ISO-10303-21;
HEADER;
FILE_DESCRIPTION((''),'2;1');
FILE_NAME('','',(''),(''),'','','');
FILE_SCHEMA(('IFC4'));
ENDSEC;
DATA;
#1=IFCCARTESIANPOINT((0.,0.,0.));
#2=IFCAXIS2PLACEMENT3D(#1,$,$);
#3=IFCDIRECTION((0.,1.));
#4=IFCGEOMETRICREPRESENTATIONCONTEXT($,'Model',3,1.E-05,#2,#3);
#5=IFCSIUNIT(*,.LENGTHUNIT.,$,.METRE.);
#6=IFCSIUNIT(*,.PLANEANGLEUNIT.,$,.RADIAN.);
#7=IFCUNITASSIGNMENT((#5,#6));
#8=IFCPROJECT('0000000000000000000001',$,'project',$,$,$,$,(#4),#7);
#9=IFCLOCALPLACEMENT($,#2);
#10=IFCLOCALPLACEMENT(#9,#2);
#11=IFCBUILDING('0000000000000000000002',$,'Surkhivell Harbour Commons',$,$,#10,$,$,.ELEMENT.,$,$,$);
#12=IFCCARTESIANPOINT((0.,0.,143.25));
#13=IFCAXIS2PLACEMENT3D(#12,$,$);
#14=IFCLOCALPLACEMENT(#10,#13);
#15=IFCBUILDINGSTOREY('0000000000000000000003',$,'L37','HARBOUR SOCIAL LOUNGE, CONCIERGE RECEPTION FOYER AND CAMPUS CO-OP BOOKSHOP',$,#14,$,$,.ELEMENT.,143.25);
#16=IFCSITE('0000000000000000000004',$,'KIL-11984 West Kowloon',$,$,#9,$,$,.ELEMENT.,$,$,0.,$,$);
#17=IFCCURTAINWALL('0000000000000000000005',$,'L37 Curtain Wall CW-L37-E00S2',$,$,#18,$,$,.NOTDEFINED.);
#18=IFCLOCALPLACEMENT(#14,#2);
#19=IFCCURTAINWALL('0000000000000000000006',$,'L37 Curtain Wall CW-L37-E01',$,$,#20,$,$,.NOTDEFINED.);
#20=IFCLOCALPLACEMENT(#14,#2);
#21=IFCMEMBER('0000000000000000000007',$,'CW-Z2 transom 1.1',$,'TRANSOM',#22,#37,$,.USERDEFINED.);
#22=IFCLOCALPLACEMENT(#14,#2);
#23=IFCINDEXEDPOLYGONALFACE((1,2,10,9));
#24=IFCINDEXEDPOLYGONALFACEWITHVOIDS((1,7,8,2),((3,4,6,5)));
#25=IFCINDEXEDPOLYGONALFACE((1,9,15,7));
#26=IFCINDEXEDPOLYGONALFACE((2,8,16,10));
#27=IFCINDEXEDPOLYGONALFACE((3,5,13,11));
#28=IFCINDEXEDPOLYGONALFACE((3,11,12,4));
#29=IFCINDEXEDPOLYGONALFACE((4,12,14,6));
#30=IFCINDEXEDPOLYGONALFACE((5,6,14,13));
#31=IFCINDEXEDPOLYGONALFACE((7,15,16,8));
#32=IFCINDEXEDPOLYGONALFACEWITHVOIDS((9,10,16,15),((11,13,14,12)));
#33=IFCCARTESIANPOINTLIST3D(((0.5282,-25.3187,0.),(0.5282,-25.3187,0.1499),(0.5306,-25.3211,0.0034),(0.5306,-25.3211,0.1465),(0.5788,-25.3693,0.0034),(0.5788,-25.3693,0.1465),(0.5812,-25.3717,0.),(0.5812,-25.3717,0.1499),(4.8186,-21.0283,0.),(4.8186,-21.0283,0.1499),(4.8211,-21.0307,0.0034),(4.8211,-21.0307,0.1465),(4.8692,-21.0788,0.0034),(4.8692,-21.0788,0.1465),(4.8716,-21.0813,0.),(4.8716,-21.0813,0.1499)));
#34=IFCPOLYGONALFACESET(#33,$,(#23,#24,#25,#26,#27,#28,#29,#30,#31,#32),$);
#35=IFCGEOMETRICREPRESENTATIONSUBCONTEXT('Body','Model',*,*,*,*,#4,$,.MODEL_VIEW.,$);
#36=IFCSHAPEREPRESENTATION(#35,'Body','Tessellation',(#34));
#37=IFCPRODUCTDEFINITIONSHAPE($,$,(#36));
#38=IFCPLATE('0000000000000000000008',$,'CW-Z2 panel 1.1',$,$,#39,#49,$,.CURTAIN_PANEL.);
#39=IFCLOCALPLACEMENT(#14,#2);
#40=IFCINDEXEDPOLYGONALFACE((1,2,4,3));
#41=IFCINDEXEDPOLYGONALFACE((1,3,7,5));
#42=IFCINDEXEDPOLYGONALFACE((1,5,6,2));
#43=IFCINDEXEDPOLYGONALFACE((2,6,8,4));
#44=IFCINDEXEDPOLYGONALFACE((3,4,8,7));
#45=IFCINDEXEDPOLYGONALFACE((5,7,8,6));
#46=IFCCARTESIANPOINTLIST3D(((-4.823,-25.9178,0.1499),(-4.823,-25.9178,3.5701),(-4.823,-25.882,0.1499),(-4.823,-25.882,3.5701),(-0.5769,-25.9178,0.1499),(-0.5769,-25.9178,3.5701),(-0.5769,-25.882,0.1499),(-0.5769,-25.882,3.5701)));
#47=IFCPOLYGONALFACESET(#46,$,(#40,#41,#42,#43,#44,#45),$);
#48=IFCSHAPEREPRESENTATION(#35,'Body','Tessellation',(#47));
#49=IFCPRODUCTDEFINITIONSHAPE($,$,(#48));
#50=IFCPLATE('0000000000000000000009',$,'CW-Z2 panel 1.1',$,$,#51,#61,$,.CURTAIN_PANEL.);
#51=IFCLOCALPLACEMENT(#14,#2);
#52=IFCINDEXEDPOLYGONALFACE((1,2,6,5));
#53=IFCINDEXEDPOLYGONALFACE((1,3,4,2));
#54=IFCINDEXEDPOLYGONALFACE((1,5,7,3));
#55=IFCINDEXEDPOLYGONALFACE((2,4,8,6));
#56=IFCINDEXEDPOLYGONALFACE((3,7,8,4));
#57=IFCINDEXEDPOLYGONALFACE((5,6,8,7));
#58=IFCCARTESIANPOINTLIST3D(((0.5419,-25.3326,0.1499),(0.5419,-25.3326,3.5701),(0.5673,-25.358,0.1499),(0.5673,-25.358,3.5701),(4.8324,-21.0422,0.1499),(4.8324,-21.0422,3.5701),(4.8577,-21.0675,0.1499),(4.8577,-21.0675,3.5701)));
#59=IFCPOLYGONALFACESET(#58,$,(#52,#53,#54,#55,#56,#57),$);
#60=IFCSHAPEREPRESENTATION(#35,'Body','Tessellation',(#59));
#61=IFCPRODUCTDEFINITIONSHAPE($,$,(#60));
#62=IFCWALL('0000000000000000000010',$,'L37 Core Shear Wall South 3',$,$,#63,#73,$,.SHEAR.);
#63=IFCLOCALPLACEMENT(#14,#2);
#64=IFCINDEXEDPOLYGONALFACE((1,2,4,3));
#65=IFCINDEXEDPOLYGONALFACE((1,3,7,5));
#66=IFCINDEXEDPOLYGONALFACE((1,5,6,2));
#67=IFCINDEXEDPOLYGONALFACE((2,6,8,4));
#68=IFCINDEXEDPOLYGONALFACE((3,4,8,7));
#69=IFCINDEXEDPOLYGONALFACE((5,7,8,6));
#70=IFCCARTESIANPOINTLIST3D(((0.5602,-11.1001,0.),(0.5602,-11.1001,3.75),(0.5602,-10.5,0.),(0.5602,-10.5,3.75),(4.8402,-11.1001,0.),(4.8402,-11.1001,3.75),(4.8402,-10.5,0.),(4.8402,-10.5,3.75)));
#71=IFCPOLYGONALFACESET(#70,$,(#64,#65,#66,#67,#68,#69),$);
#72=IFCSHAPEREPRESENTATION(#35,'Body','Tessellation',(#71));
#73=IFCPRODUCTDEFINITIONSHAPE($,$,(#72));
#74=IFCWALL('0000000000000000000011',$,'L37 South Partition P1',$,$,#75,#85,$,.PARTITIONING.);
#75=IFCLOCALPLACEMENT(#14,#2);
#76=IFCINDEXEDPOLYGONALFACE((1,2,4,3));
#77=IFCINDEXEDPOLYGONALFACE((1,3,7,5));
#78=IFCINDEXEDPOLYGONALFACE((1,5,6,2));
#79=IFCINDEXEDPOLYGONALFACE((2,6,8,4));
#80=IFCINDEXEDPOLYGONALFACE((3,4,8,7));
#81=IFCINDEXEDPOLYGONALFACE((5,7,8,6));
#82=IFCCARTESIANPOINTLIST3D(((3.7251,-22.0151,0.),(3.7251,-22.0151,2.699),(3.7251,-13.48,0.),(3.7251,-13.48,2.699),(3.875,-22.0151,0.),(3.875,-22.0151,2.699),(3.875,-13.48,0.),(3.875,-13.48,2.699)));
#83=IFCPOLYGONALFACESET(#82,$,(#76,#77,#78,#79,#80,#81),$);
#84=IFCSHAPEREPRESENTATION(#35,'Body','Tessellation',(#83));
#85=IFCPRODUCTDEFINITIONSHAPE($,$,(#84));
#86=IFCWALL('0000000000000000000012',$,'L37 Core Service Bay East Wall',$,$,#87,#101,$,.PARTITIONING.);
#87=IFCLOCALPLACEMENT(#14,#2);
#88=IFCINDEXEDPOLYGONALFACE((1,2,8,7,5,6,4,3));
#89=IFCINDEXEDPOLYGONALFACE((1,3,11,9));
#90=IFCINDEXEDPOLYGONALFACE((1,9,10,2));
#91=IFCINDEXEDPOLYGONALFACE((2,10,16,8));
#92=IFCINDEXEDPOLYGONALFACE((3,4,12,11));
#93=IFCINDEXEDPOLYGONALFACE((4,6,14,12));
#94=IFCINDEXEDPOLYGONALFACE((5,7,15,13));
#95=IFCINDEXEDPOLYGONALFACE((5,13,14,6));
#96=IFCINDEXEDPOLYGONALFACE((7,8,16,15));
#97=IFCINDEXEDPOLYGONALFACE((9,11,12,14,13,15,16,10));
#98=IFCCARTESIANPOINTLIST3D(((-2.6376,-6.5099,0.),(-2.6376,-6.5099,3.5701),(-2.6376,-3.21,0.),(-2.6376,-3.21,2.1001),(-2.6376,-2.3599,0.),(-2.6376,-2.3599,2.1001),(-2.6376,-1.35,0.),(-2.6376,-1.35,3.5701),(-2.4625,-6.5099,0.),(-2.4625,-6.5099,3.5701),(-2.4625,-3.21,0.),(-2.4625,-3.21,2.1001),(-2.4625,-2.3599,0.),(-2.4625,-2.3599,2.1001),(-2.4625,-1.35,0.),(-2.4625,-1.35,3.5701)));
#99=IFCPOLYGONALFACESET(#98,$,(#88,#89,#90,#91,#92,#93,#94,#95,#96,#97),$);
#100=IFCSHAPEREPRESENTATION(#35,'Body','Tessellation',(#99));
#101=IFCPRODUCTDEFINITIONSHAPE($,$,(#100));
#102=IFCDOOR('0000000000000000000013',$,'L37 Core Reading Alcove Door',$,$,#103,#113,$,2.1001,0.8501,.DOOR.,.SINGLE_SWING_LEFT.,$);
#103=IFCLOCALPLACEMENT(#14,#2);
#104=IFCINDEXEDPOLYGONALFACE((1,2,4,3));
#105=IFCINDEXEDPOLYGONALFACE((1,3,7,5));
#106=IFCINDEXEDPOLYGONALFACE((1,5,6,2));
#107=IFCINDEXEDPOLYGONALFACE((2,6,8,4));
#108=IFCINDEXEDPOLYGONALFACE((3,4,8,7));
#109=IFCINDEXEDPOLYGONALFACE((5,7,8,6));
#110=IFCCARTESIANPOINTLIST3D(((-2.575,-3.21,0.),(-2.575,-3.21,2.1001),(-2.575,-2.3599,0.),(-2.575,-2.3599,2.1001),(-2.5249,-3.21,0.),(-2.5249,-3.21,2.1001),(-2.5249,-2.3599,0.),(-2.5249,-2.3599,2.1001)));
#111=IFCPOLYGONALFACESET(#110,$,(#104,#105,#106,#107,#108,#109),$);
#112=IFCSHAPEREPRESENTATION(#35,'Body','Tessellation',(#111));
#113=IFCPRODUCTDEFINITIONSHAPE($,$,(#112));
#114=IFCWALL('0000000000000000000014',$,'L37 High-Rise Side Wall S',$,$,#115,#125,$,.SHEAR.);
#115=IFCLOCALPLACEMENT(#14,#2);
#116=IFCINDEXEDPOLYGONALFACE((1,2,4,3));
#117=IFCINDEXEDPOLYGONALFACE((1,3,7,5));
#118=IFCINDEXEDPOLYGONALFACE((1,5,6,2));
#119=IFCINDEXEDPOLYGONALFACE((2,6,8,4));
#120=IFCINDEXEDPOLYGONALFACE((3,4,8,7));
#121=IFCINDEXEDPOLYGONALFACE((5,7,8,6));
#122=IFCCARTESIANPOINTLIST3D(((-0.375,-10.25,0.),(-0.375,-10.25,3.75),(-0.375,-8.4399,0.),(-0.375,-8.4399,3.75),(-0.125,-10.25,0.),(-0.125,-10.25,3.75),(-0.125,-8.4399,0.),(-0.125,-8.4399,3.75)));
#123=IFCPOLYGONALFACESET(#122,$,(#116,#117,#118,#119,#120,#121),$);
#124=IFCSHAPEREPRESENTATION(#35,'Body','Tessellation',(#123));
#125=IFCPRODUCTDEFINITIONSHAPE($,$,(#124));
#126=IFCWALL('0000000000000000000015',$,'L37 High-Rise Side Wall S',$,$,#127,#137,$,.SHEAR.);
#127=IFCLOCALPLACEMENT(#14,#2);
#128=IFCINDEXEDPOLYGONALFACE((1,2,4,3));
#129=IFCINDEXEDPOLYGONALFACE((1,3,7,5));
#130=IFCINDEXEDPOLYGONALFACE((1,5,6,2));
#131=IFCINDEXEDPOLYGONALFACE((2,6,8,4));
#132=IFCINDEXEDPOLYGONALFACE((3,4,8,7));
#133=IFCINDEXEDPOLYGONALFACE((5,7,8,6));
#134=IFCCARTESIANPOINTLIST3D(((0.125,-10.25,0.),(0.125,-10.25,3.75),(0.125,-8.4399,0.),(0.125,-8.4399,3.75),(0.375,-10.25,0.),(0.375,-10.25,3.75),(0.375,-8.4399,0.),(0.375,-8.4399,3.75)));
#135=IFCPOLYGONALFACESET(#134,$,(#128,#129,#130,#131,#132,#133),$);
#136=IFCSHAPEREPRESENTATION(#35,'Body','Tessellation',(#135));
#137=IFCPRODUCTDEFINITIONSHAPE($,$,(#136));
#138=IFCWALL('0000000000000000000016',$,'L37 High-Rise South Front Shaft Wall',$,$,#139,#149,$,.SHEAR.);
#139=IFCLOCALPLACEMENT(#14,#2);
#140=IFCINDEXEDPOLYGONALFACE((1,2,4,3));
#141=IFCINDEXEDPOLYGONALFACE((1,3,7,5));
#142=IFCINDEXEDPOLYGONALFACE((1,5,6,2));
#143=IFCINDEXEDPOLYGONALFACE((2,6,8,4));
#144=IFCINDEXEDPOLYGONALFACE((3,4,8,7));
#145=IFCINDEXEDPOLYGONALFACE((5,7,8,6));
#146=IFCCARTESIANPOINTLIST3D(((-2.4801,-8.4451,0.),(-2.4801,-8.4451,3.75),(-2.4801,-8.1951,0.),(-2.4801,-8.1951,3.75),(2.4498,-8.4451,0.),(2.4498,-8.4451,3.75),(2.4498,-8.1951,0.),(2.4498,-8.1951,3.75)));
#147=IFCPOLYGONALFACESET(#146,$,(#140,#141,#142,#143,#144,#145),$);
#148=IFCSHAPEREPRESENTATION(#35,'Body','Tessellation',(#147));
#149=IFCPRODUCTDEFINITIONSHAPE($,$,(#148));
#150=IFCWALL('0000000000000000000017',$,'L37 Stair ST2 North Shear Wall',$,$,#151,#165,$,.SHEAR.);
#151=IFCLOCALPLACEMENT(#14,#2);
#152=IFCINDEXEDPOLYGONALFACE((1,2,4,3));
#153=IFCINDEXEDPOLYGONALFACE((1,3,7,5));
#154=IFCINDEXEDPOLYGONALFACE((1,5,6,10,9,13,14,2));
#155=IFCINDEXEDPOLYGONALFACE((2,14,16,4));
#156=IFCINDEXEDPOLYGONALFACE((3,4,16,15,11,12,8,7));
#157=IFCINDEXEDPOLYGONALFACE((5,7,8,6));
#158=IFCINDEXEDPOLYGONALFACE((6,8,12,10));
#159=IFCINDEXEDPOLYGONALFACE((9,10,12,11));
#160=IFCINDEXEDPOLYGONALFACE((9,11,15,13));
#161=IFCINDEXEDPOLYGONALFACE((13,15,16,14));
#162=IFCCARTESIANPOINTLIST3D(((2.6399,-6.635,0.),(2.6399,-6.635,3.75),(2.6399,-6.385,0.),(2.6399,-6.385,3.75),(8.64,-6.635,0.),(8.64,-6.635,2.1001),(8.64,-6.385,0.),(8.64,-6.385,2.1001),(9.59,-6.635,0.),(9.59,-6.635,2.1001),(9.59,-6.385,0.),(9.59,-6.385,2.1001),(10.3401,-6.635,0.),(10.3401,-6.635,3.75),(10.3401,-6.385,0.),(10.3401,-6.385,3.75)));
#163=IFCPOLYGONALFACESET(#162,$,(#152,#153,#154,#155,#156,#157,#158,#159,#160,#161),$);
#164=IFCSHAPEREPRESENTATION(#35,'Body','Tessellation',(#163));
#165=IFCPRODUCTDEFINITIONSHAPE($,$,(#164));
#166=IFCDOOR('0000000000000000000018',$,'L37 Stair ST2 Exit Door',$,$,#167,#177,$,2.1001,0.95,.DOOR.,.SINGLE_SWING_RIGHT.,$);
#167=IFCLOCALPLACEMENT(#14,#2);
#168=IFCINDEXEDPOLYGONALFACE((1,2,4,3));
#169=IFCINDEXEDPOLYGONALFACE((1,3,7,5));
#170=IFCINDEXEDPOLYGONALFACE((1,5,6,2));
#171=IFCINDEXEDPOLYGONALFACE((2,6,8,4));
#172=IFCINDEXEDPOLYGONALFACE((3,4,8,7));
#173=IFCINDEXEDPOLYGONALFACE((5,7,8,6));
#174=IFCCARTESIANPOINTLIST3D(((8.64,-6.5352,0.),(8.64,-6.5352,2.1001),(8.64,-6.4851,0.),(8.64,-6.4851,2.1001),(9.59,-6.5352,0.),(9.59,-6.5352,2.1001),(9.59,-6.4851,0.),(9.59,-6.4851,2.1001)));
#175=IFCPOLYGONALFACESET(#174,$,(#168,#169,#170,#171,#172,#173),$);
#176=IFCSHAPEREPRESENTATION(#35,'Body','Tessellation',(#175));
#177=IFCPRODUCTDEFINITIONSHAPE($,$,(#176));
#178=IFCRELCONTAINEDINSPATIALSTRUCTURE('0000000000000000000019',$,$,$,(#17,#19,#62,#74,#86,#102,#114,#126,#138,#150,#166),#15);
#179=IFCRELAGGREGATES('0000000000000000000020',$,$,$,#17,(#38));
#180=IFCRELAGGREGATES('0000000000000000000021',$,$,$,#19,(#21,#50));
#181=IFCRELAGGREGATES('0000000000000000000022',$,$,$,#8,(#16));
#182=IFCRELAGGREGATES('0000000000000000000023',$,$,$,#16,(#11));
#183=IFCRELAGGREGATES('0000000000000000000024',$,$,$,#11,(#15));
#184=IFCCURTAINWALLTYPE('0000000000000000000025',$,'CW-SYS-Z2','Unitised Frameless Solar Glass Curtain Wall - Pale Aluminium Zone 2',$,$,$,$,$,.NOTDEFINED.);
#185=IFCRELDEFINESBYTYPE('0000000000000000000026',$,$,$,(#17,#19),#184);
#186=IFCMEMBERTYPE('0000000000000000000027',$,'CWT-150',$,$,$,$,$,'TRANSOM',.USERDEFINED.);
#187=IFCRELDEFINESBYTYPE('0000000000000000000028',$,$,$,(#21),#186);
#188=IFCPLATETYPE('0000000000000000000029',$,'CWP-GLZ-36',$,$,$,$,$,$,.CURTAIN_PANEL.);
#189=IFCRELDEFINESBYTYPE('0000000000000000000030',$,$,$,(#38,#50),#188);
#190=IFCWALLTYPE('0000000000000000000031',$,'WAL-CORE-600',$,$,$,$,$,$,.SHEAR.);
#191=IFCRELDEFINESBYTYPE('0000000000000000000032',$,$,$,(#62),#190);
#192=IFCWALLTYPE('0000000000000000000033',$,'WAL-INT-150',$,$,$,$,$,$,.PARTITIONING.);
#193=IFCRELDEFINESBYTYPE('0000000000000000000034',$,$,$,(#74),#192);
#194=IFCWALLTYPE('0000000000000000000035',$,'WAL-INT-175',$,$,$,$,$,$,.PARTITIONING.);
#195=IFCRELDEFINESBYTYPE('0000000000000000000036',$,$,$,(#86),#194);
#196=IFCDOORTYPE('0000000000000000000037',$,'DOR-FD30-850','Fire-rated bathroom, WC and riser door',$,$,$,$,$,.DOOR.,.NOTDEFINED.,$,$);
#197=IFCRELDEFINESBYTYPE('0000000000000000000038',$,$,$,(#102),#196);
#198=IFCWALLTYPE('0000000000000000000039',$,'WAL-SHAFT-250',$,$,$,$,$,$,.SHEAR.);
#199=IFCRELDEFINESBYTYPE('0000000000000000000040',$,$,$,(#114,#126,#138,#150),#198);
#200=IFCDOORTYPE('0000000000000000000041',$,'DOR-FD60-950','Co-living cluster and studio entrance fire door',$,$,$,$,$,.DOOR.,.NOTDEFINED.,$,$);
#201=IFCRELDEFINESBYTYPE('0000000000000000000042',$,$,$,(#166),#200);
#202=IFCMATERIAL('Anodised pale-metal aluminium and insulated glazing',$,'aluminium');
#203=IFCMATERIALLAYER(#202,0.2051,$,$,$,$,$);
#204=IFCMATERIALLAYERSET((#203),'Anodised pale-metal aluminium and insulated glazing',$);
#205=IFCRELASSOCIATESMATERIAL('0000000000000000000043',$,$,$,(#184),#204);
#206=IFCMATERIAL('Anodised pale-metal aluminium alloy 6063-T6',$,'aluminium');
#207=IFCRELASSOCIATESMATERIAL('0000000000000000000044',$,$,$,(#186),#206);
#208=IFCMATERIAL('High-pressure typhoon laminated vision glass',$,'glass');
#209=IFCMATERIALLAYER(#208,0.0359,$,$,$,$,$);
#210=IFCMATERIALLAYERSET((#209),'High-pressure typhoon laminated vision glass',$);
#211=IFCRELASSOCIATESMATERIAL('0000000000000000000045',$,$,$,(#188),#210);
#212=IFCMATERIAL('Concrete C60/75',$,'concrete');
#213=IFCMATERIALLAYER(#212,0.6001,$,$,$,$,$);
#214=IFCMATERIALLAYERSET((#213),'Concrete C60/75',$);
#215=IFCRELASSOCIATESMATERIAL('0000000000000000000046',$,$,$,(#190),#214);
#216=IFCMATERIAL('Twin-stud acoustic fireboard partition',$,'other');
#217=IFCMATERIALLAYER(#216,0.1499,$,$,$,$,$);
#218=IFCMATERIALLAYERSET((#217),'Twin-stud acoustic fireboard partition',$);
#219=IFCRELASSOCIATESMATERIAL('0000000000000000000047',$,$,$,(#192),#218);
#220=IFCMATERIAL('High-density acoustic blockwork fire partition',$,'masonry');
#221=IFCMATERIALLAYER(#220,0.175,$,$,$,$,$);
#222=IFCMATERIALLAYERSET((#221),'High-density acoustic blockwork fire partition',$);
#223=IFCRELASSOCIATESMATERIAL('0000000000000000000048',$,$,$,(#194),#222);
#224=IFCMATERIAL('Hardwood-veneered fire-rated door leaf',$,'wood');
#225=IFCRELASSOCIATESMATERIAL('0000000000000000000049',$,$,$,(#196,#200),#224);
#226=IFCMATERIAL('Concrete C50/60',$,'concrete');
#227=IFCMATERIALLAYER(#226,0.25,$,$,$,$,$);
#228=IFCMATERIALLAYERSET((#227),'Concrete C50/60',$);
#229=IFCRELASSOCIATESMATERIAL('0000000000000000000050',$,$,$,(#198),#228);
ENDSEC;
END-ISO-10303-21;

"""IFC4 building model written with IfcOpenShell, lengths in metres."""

from ifc_helpers import new_model, si_unit, direction, frame, frame_2d, origin, origin_2d, place, context, subcontext, project, spatial, rectangle, hollow_rectangle, extrude, material, layer, layer_set, material_profile, profile_set, type_object, element, fill, aggregate, save


model = new_model("IFC4")

# Units and contexts
model_context = context("Model", 3, precision=1e-05, world=origin(), true_north=direction((0.0, 1.0)))
body_context = subcontext(model_context, "Body", "Model", "MODEL_VIEW")
ifc_project = project(units=[si_unit("LENGTHUNIT", "METRE"), si_unit("PLANEANGLEUNIT", "RADIAN")], contexts=[model_context])

# Site, building, storey
site_placement = place(None, origin())
site = spatial("IfcSite", under=ifc_project, at=site_placement, Name="KIL-11984 West Kowloon", CompositionType="ELEMENT", RefElevation=0.0)
building_placement = place(site_placement, origin())
building = spatial("IfcBuilding", under=site, at=building_placement, Name="Surkhivell Harbour Commons", CompositionType="ELEMENT")
storey_placement = place(building_placement, frame((0.0, 0.0, 143.25)))
storey = spatial("IfcBuildingStorey", under=building, at=storey_placement, Name="L37", Description="HARBOUR SOCIAL LOUNGE, CONCIERGE RECEPTION FOYER AND CAMPUS CO-OP BOOKSHOP", CompositionType="ELEMENT", Elevation=143.25)

# Shared definitions
ifc_material_1 = material(Name="Concrete C60/75", Category="concrete")

# Curtain walls
ifc_material_2 = material(Name="Anodised pale-metal aluminium and insulated glazing", Category="aluminium")
ifc_layer_1 = layer(ifc_material_2, 0.2051)
ifc_layer_set_1 = layer_set([ifc_layer_1], Name="Anodised pale-metal aluminium and insulated glazing")
curtain_wall_type = type_object("IfcCurtainWallType", Name="CW-SYS-Z2", Description="Unitised Frameless Solar Glass Curtain Wall - Pale Aluminium Zone 2", PredefinedType="NOTDEFINED", material=ifc_layer_set_1)
curtain_wall_1_placement = place(storey_placement, origin())
curtain_wall_1 = element("IfcCurtainWall", 1, at=curtain_wall_1_placement, inside=storey, type_object=curtain_wall_type, Name="L37 Curtain Wall CW-L37-E00S2", PredefinedType="NOTDEFINED")
ifc_material_3 = material(Name="Anodised pale-metal aluminium alloy 6063-T6", Category="aluminium")
curtain_wall_2_placement = place(storey_placement, origin())
curtain_wall_2 = element("IfcCurtainWall", 2, at=curtain_wall_2_placement, inside=storey, type_object=curtain_wall_type, Name="L37 Curtain Wall CW-L37-E01", PredefinedType="NOTDEFINED")

# Member
ifc_material_profile_1 = material_profile(ifc_material_3, hollow_rectangle(XDim=0.075, YDim=0.1499, WallThickness=0.0034, at=origin_2d()), Name="ALU-TRAN-75x150")
ifc_profile_set_1 = profile_set([ifc_material_profile_1], Name="Anodised pale-metal aluminium alloy 6063-T6")
member_type_1 = type_object("IfcMemberType", Name="CWT-150", ElementType="TRANSOM", PredefinedType="USERDEFINED", material=ifc_profile_set_1)
member_1_placement = place(storey_placement, frame((0.5547, -25.3452, 0.075), z_axis=(0.707107, 0.707107, 0.0), x_axis=(-0.707107, 0.707107, 0.0)))
member_1 = element("IfcMember", 3, at=member_1_placement, type_object=member_type_1, Name="CW-Z2 transom 1.1", ObjectType="TRANSOM", PredefinedType="USERDEFINED", context=body_context, shape_type="SweptSolid", body=[
    extrude(hollow_rectangle(XDim=0.075, YDim=0.1499, WallThickness=0.0034, at=origin_2d()), origin(), (0.0, 0.0, 1.0), 6.0676),
])

# Plates
ifc_material_4 = material(Name="High-pressure typhoon laminated vision glass", Category="glass")
ifc_layer_2 = layer(ifc_material_4, 0.0359)
ifc_layer_set_2 = layer_set([ifc_layer_2], Name="High-pressure typhoon laminated vision glass")
plate_type = type_object("IfcPlateType", Name="CWP-GLZ-36", PredefinedType="CURTAIN_PANEL", material=ifc_layer_set_2)
plate_1_placement = place(storey_placement, frame((-4.823, -25.8999, 0.1499), z_axis=(0.0, 0.0, 1.0), x_axis=(1.0, 0.0, 0.0)))
plate_1 = element("IfcPlate", 4, at=plate_1_placement, type_object=plate_type, Name="CW-Z2 panel 1.1", PredefinedType="CURTAIN_PANEL", context=body_context, shape_type="SweptSolid", body=[
    extrude(rectangle(XDim=4.2461, YDim=0.0359, at=frame_2d((2.123, 0.0))), origin(), (0.0, 0.0, 1.0), 3.4202),
])
aggregate(curtain_wall_1, [plate_1])
plate_2_placement = place(storey_placement, frame((0.5547, -25.3452, 0.1499), z_axis=(0.0, 0.0, 1.0), x_axis=(0.707107, 0.707107, 0.0)))
plate_2 = element("IfcPlate", 5, at=plate_2_placement, type_object=plate_type, Name="CW-Z2 panel 1.1", PredefinedType="CURTAIN_PANEL", context=body_context, shape_type="SweptSolid", body=[
    extrude(rectangle(XDim=6.0676, YDim=0.0359, at=frame_2d((3.0337, 0.0))), origin(), (0.0, 0.0, 1.0), 3.4202),
])
aggregate(curtain_wall_2, [member_1, plate_2])

# Walls
ifc_layer_3 = layer(ifc_material_1, 0.6001)
ifc_layer_set_3 = layer_set([ifc_layer_3], Name="Concrete C60/75")
wall_type_1 = type_object("IfcWallType", Name="WAL-CORE-600", PredefinedType="SHEAR", material=ifc_layer_set_3)
wall_1_placement = place(storey_placement, frame((0.5601, -10.8, 0.0), z_axis=(0.0, 0.0, 1.0), x_axis=(1.0, 0.0, 0.0)))
element("IfcWall", 6, at=wall_1_placement, inside=storey, type_object=wall_type_1, Name="L37 Core Shear Wall South 3", PredefinedType="SHEAR", context=body_context, shape_type="SweptSolid", body=[
    extrude(rectangle(XDim=4.28, YDim=0.6001, at=frame_2d((2.1401, 0.0))), origin(), (0.0, 0.0, 1.0), 3.75),
])
ifc_material_5 = material(Name="Twin-stud acoustic fireboard partition", Category="other")
ifc_layer_4 = layer(ifc_material_5, 0.1499)
ifc_layer_set_4 = layer_set([ifc_layer_4], Name="Twin-stud acoustic fireboard partition")
wall_type_2 = type_object("IfcWallType", Name="WAL-INT-150", PredefinedType="PARTITIONING", material=ifc_layer_set_4)
wall_2_placement = place(storey_placement, frame((3.8, -22.0151, 0.0), z_axis=(0.0, 0.0, 1.0), x_axis=(0.0, 1.0, 0.0)))
element("IfcWall", 7, at=wall_2_placement, inside=storey, type_object=wall_type_2, Name="L37 South Partition P1", PredefinedType="PARTITIONING", context=body_context, shape_type="SweptSolid", body=[
    extrude(rectangle(XDim=8.5352, YDim=0.1499, at=frame_2d((4.2676, 0.0))), origin(), (0.0, 0.0, 1.0), 2.699),
])

# Wall, opening, door
ifc_material_6 = material(Name="High-density acoustic blockwork fire partition", Category="masonry")
ifc_layer_5 = layer(ifc_material_6, 0.175)
ifc_layer_set_5 = layer_set([ifc_layer_5], Name="High-density acoustic blockwork fire partition")
wall_type_3 = type_object("IfcWallType", Name="WAL-INT-175", PredefinedType="PARTITIONING", material=ifc_layer_set_5)
wall_3_placement = place(storey_placement, frame((-2.55, -6.51, 0.0), z_axis=(0.0, 0.0, 1.0), x_axis=(0.0, 1.0, 0.0)))
wall_3 = element("IfcWall", 8, at=wall_3_placement, inside=storey, type_object=wall_type_3, Name="L37 Core Service Bay East Wall", PredefinedType="PARTITIONING", context=body_context, shape_type="SweptSolid", body=[
    extrude(rectangle(XDim=5.1599, YDim=0.175, at=frame_2d((2.5801, 0.0))), origin(), (0.0, 0.0, 1.0), 3.5701),
])
opening_1_placement = place(wall_3_placement, frame((3.3, 0.0, 0.0)))
opening_1 = element("IfcOpeningElement", 9, at=opening_1_placement, cuts=wall_3, PredefinedType="OPENING", context=body_context, shape_type="SweptSolid", body=[
    extrude(rectangle(XDim=0.8501, YDim=2.1001, at=frame_2d((0.425, 1.05))), frame((0.0, 0.0974, 0.0), z_axis=(0.0, -1.0, 0.0), x_axis=(1.0, 0.0, 0.0)), (0.0, 0.0, 1.0), 0.1951),
])
ifc_material_7 = material(Name="Hardwood-veneered fire-rated door leaf", Category="wood")
door_type_1 = type_object("IfcDoorType", Name="DOR-FD30-850", Description="Fire-rated bathroom, WC and riser door", OperationType="NOTDEFINED", PredefinedType="DOOR", material=ifc_material_7)
door_1_placement = place(opening_1_placement, origin())
door_1 = element("IfcDoor", 10, at=door_1_placement, inside=storey, type_object=door_type_1, Name="L37 Core Reading Alcove Door", OperationType="SINGLE_SWING_LEFT", OverallHeight=2.1001, OverallWidth=0.8501, PredefinedType="DOOR", context=body_context, shape_type="SweptSolid", body=[
    extrude(rectangle(XDim=0.8501, YDim=2.1001, at=frame_2d((0.425, 1.05))), frame((0.0, 0.0249, 0.0), z_axis=(0.0, -1.0, 0.0), x_axis=(1.0, 0.0, 0.0)), (0.0, 0.0, 1.0), 0.05),
])
fill(opening_1, door_1)

# Walls
ifc_material_8 = material(Name="Concrete C50/60", Category="concrete")
ifc_layer_6 = layer(ifc_material_8, 0.25)
ifc_layer_set_6 = layer_set([ifc_layer_6], Name="Concrete C50/60")
wall_type_4 = type_object("IfcWallType", Name="WAL-SHAFT-250", PredefinedType="SHEAR", material=ifc_layer_set_6)
for number, where, z_axis, x_axis, name in (
    (11, (-0.25, -10.25, 0.0), (0.0, 0.0, 1.0), (0.0, 1.0, 0.0), "L37 High-Rise Side Wall S"),
    (12, (0.25, -10.25, 0.0), (0.0, 0.0, 1.0), (0.0, 1.0, 0.0), "L37 High-Rise Side Wall S"),
):
    element("IfcWall", number, at=place(storey_placement, frame(where, z_axis=z_axis, x_axis=x_axis)), inside=storey, type_object=wall_type_4, Name=name, PredefinedType="SHEAR", context=body_context, shape_type="SweptSolid", body=[
        extrude(rectangle(XDim=1.8101, YDim=0.25, at=frame_2d((0.905, 0.0))), origin(), (0.0, 0.0, 1.0), 3.75),
    ])
wall_4_placement = place(storey_placement, frame((-2.48, -8.3201, 0.0), z_axis=(0.0, 0.0, 1.0), x_axis=(1.0, 0.0, 0.0)))
element("IfcWall", 13, at=wall_4_placement, inside=storey, type_object=wall_type_4, Name="L37 High-Rise South Front Shaft Wall", PredefinedType="SHEAR", context=body_context, shape_type="SweptSolid", body=[
    extrude(rectangle(XDim=4.9299, YDim=0.25, at=frame_2d((2.4648, 0.0))), origin(), (0.0, 0.0, 1.0), 3.75),
])

# Wall, opening, door
wall_5_placement = place(storey_placement, frame((2.6399, -6.51, 0.0), z_axis=(0.0, 0.0, 1.0), x_axis=(1.0, 0.0, 0.0)))
wall_5 = element("IfcWall", 14, at=wall_5_placement, inside=storey, type_object=wall_type_4, Name="L37 Stair ST2 North Shear Wall", PredefinedType="SHEAR", context=body_context, shape_type="SweptSolid", body=[
    extrude(rectangle(XDim=7.7002, YDim=0.25, at=frame_2d((3.8501, 0.0))), origin(), (0.0, 0.0, 1.0), 3.75),
])
opening_2_placement = place(wall_5_placement, frame((6.0, 0.0, 0.0)))
opening_2 = element("IfcOpeningElement", 15, at=opening_2_placement, cuts=wall_5, PredefinedType="OPENING", context=body_context, shape_type="SweptSolid", body=[
    extrude(rectangle(XDim=0.95, YDim=2.1001, at=frame_2d((0.4751, 1.05))), frame((0.0, 0.135, 0.0), z_axis=(0.0, -1.0, 0.0), x_axis=(1.0, 0.0, 0.0)), (0.0, 0.0, 1.0), 0.27),
])
door_type_2 = type_object("IfcDoorType", Name="DOR-FD60-950", Description="Co-living cluster and studio entrance fire door", OperationType="NOTDEFINED", PredefinedType="DOOR", material=ifc_material_7)
door_2_placement = place(opening_2_placement, origin())
door_2 = element("IfcDoor", 16, at=door_2_placement, inside=storey, type_object=door_type_2, Name="L37 Stair ST2 Exit Door", OperationType="SINGLE_SWING_RIGHT", OverallHeight=2.1001, OverallWidth=0.95, PredefinedType="DOOR", context=body_context, shape_type="SweptSolid", body=[
    extrude(rectangle(XDim=0.95, YDim=2.1001, at=frame_2d((0.4751, 1.05))), frame((0.0, 0.0249, 0.0), z_axis=(0.0, -1.0, 0.0), x_axis=(1.0, 0.0, 0.0)), (0.0, 0.0, 1.0), 0.05),
])
fill(opening_2, door_2)

save(model, "model.ifc")
